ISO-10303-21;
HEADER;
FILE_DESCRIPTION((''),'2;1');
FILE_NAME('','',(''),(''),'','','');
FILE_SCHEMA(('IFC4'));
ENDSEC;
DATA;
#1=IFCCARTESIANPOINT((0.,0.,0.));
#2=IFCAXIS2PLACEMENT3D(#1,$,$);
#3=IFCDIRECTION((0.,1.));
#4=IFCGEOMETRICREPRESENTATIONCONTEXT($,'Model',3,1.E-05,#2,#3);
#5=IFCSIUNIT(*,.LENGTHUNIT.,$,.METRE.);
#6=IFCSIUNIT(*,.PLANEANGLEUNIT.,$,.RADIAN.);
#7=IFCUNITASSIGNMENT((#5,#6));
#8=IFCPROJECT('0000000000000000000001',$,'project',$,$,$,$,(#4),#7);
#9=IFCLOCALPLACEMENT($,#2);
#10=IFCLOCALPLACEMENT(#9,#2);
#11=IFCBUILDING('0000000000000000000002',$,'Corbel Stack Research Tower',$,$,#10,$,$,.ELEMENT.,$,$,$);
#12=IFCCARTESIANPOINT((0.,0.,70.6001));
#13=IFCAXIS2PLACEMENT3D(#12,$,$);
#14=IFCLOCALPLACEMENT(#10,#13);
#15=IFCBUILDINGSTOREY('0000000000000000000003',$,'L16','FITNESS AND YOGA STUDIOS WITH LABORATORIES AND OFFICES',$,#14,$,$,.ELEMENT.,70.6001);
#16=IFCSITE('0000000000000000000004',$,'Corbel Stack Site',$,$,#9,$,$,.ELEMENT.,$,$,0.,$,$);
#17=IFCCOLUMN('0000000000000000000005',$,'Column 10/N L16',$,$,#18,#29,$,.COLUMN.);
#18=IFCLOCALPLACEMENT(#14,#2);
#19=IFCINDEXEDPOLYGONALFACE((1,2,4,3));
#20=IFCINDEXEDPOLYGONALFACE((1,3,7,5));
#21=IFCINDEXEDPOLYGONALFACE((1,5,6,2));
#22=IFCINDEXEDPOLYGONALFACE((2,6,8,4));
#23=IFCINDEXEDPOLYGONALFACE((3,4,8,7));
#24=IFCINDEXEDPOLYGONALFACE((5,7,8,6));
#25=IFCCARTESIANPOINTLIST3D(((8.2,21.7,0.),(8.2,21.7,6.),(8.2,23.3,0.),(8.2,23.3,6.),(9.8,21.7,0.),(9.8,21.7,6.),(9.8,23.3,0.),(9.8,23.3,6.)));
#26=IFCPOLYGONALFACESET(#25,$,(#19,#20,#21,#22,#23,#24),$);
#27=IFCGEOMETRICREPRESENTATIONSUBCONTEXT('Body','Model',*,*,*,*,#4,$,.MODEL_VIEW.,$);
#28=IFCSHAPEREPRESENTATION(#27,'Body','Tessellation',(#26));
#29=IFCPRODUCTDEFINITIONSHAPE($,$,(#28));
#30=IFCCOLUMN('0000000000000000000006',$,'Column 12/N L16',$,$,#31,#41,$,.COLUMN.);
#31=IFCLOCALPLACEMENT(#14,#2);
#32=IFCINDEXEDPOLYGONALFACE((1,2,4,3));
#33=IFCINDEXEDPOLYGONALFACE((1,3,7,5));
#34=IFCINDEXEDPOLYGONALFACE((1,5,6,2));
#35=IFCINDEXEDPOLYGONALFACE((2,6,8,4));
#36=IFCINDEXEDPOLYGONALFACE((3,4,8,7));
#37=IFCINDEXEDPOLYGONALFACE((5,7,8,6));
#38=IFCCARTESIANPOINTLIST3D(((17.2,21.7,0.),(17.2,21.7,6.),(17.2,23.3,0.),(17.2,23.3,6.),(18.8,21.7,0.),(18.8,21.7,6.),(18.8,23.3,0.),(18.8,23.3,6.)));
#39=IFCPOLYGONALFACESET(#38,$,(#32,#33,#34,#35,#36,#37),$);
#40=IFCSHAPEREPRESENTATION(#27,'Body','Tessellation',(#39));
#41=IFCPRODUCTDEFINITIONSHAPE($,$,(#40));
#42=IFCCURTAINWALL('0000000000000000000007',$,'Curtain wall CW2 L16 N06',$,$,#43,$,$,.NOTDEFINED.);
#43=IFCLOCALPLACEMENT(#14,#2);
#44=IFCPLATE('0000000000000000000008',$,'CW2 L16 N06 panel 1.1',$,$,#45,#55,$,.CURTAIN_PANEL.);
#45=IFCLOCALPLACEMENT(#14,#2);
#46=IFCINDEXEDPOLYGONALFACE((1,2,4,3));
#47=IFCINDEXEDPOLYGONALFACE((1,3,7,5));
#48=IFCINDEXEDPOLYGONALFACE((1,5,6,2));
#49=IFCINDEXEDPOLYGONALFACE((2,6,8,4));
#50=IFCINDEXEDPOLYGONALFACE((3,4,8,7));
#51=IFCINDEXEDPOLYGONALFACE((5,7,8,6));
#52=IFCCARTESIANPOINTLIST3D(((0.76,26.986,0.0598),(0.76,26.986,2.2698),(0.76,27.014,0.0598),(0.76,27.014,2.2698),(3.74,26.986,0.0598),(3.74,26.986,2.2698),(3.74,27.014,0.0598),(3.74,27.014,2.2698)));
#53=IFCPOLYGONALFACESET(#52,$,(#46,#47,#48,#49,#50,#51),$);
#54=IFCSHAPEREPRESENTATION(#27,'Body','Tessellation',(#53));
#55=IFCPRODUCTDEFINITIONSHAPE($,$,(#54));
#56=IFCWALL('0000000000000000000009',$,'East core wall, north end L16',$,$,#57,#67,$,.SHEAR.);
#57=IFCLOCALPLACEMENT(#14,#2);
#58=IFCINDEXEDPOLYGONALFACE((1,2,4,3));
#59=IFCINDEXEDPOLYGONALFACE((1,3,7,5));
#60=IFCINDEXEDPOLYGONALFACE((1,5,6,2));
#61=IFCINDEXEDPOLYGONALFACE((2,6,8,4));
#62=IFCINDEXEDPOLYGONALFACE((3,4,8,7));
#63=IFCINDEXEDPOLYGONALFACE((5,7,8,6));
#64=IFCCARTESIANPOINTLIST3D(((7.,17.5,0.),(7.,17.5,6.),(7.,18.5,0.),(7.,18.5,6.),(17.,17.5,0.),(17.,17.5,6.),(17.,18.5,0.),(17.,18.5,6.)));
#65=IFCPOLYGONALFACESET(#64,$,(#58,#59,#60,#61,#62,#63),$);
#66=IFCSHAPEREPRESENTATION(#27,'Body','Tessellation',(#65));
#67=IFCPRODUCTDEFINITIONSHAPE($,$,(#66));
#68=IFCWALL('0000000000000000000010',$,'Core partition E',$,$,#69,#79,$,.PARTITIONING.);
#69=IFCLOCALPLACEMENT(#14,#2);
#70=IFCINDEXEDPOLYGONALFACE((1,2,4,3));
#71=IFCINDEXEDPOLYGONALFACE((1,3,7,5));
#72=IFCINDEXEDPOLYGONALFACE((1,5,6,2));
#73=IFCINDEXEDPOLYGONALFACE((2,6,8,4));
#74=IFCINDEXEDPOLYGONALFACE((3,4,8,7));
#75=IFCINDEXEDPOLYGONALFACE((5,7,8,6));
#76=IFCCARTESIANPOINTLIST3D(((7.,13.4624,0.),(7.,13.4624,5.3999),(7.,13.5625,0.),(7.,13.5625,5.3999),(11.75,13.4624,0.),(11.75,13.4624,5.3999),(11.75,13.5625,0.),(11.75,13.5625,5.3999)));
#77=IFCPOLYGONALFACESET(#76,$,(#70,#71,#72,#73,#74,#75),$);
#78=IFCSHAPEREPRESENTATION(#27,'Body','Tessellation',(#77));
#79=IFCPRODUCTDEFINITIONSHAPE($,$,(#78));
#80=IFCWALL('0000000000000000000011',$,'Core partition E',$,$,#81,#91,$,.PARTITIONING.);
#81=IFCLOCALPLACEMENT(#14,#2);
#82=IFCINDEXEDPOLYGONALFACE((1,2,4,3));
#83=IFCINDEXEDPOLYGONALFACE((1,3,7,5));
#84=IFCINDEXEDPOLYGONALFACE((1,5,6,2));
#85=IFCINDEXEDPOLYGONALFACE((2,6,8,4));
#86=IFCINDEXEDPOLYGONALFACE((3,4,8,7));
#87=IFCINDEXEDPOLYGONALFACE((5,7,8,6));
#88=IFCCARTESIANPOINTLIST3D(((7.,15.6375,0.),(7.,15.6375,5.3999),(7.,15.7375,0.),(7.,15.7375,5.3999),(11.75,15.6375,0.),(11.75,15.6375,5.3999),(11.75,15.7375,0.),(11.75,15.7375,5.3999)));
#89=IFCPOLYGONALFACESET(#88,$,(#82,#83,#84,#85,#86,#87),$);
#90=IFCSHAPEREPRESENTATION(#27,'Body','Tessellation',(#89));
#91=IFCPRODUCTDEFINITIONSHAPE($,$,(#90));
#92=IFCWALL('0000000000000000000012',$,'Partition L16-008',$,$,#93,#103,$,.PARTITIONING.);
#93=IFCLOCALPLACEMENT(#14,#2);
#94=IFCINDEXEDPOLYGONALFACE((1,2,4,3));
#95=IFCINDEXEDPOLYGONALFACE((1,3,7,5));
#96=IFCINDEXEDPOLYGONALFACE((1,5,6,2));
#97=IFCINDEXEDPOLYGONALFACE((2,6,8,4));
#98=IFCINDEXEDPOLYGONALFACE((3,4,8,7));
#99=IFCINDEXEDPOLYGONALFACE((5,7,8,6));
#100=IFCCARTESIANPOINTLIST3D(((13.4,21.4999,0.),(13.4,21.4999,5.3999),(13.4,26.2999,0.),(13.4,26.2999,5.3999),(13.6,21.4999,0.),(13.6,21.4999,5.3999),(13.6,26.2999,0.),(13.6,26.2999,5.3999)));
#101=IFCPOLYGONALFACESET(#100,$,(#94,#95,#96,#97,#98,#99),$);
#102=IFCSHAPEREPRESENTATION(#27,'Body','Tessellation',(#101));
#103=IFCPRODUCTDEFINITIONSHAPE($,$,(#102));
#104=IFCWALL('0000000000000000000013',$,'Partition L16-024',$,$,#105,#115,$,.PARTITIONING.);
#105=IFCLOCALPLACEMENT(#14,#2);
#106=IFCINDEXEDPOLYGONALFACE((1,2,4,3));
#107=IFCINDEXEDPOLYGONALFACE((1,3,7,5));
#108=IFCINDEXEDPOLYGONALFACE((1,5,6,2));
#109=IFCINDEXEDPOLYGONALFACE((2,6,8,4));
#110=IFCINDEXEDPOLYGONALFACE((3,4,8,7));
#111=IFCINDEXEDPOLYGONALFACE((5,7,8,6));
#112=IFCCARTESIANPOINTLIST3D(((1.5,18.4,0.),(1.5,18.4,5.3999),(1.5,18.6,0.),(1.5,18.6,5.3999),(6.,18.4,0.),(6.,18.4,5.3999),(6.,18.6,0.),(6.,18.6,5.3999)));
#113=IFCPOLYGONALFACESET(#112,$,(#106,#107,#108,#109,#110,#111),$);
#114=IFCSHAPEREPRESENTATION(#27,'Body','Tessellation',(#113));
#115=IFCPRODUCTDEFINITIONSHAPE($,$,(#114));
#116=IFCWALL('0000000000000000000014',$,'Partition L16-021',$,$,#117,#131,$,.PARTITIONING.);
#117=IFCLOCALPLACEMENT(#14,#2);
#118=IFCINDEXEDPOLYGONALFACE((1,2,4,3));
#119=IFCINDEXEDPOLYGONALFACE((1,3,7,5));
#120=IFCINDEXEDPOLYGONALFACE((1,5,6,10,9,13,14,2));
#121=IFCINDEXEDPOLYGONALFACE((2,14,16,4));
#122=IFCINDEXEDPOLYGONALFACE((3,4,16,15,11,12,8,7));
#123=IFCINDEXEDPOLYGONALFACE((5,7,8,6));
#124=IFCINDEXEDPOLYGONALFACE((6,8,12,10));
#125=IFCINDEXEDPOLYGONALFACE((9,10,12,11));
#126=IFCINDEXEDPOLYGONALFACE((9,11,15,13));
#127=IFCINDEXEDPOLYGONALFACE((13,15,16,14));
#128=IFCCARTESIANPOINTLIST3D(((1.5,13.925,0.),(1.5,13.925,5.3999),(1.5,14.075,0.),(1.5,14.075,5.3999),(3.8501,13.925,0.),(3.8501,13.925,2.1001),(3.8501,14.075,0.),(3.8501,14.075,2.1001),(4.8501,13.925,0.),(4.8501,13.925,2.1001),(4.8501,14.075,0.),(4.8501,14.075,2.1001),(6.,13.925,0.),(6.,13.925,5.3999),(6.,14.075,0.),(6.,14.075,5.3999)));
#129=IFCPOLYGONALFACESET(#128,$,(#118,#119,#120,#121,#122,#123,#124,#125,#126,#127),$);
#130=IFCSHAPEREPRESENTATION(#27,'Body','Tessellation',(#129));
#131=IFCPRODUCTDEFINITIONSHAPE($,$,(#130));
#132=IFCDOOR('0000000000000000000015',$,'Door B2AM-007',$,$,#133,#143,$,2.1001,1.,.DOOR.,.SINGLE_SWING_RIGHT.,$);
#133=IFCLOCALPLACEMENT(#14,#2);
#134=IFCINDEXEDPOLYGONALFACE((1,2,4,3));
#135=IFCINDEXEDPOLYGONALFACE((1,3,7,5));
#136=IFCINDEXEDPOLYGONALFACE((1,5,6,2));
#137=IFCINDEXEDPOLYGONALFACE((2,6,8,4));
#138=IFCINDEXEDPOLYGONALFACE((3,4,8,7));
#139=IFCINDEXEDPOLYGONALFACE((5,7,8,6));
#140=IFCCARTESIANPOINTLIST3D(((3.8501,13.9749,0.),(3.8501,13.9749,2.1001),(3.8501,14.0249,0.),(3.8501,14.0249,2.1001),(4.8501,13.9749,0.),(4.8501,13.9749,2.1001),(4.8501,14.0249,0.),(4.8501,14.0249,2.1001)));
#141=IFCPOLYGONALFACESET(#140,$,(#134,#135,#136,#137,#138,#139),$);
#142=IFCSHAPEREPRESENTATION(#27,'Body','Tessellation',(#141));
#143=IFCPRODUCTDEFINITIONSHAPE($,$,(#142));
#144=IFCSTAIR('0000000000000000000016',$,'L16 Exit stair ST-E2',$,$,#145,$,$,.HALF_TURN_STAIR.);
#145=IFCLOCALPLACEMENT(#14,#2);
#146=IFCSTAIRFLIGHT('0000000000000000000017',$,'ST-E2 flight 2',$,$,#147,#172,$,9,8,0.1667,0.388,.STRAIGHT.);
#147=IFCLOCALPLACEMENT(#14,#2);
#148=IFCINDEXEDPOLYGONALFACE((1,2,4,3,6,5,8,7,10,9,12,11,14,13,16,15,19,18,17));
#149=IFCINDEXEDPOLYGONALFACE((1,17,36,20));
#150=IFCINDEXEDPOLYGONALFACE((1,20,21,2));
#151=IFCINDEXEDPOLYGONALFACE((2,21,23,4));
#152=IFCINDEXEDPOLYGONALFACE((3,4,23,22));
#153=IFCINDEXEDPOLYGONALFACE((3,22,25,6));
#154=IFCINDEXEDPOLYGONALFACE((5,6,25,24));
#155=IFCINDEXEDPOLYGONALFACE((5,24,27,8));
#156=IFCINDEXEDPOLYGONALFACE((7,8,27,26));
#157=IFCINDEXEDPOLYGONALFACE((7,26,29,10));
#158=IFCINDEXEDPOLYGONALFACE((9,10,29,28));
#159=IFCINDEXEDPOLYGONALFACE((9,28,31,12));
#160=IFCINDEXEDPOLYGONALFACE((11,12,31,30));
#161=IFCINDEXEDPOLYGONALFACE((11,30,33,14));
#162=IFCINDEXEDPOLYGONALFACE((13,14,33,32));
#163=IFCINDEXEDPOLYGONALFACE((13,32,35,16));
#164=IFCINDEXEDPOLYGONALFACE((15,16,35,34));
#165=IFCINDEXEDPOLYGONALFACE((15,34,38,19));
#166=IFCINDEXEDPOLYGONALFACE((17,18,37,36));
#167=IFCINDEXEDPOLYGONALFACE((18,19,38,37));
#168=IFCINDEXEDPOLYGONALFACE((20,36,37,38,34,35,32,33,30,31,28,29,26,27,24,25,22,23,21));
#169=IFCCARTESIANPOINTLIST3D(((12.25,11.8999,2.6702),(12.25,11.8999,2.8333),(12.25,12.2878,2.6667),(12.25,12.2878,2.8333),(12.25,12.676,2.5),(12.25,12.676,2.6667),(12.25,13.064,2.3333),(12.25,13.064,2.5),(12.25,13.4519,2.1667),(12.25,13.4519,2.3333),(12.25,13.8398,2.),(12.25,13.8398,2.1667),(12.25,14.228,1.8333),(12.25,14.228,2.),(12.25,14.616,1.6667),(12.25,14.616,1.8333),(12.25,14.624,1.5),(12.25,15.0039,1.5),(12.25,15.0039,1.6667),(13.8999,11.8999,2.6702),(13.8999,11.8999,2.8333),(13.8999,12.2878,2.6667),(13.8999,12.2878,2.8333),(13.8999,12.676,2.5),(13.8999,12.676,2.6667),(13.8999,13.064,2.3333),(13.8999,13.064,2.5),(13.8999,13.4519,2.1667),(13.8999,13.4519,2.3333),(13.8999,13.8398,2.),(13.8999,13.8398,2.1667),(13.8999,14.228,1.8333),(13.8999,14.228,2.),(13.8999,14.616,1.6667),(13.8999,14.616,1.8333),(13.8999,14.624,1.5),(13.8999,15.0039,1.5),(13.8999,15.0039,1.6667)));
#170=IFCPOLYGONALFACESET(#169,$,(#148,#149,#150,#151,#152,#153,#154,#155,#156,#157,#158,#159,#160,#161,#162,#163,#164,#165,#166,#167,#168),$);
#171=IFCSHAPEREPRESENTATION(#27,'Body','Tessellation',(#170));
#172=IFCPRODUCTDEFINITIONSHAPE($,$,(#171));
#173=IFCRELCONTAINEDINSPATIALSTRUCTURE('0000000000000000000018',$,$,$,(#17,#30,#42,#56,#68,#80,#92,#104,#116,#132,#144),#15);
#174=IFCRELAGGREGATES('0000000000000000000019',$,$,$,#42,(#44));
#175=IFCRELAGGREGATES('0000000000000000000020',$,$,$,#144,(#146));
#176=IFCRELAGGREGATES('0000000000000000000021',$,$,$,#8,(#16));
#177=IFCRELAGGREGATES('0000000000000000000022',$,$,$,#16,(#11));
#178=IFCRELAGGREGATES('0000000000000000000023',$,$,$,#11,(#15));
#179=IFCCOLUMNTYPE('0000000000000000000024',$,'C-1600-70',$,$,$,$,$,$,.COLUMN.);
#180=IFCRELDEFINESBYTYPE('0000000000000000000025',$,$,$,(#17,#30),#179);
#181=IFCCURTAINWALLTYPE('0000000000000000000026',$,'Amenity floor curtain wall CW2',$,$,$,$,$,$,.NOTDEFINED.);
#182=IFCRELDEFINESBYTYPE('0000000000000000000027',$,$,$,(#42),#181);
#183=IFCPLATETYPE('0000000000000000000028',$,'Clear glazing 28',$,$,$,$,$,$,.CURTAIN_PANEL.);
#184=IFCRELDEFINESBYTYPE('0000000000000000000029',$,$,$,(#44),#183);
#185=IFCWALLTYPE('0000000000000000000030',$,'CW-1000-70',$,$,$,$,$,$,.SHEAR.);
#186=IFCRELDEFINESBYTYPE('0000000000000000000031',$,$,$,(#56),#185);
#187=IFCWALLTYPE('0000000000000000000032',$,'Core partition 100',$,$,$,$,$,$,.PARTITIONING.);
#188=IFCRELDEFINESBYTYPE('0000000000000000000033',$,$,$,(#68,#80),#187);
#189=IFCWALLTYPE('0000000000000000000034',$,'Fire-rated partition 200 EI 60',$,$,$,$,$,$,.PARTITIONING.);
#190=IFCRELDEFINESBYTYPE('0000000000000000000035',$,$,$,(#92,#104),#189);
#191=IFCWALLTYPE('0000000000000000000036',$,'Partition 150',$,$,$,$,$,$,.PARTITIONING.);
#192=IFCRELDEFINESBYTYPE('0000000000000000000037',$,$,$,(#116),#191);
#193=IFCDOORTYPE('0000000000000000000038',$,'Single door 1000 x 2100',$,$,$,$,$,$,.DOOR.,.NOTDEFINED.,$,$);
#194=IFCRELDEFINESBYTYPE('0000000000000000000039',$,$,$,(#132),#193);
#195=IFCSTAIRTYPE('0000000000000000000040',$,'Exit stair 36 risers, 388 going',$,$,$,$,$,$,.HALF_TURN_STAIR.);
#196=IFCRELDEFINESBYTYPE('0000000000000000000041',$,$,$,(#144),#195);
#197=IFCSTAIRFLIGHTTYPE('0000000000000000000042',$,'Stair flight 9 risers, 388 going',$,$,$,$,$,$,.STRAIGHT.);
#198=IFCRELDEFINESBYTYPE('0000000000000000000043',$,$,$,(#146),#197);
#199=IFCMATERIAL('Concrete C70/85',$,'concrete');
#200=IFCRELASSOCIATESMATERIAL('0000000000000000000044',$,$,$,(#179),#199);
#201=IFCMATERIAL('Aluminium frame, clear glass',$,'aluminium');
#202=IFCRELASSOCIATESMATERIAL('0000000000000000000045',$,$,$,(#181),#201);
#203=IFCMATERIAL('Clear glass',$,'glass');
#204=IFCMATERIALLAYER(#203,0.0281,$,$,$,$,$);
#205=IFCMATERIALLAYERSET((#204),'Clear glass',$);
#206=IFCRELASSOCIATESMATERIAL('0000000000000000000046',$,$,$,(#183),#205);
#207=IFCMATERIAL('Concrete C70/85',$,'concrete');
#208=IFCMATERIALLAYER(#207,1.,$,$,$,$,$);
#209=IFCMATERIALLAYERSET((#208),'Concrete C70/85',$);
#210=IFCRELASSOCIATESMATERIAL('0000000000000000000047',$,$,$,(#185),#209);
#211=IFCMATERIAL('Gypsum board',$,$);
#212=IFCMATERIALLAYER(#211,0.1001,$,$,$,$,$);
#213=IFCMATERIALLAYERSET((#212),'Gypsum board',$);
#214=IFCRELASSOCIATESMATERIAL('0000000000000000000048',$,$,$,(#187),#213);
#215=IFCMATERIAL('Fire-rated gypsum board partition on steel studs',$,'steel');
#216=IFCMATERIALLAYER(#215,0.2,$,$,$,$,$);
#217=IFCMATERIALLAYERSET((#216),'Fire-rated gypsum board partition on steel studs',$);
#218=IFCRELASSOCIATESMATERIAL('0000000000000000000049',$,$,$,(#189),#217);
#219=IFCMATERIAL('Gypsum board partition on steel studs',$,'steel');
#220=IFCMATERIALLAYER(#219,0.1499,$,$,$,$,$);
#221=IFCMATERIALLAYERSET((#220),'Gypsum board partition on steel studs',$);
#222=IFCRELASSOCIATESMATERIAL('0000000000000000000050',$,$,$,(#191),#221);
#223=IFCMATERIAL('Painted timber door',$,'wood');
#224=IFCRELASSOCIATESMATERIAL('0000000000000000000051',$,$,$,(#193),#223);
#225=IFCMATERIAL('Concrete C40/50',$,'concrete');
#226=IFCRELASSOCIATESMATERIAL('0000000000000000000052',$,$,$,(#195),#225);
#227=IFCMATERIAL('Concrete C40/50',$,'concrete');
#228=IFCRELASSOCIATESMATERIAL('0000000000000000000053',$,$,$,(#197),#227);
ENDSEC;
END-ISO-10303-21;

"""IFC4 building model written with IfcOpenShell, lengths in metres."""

from ifc_helpers import new_model, si_unit, direction, frame, frame_2d, origin, origin_2d, place, context, subcontext, project, spatial, polyline, rectangle, outline, extrude, material, layer, layer_set, material_profile, profile_set, type_object, element, fill, aggregate, save


model = new_model("IFC4")

# Units and contexts
model_context = context("Model", 3, precision=1e-05, world=origin(), true_north=direction((0.0, 1.0)))
body_context = subcontext(model_context, "Body", "Model", "MODEL_VIEW")
ifc_project = project(units=[si_unit("LENGTHUNIT", "METRE"), si_unit("PLANEANGLEUNIT", "RADIAN")], contexts=[model_context])

# Site, building, storey
site_placement = place(None, origin())
site = spatial("IfcSite", under=ifc_project, at=site_placement, Name="Corbel Stack Site", CompositionType="ELEMENT", RefElevation=0.0)
building_placement = place(site_placement, origin())
building = spatial("IfcBuilding", under=site, at=building_placement, Name="Corbel Stack Research Tower", CompositionType="ELEMENT")
storey_placement = place(building_placement, frame((0.0, 0.0, 70.6001)))
storey = spatial("IfcBuildingStorey", under=building, at=storey_placement, Name="L16", Description="FITNESS AND YOGA STUDIOS WITH LABORATORIES AND OFFICES", CompositionType="ELEMENT", Elevation=70.6001)

# Columns
ifc_material_1 = material(Name="Concrete C70/85", Category="concrete")
ifc_material_profile = material_profile(ifc_material_1, rectangle(XDim=1.6001, YDim=1.6001, at=origin_2d()), Name="RC 1600 x 1600")
ifc_profile_set = profile_set([ifc_material_profile], Name="Concrete C70/85")
column_type = type_object("IfcColumnType", Name="C-1600-70", PredefinedType="COLUMN", material=ifc_profile_set)
for number, where, z_axis, x_axis, name in (
    (1, (9.0, 22.5, 0.0), (0.0, 0.0, 1.0), (1.0, 0.0, 0.0), "Column 10/N L16"),
    (2, (18.0, 22.5, 0.0), (0.0, 0.0, 1.0), (1.0, 0.0, 0.0), "Column 12/N L16"),
):
    element("IfcColumn", number, at=place(storey_placement, frame(where, z_axis=z_axis, x_axis=x_axis)), inside=storey, type_object=column_type, Name=name, PredefinedType="COLUMN", context=body_context, shape_type="SweptSolid", body=[
        extrude(rectangle(XDim=1.6001, YDim=1.6001, at=origin_2d()), origin(), (0.0, 0.0, 1.0), 6.0),
    ])

# Curtain wall, plate
ifc_material_2 = material(Name="Aluminium frame, clear glass", Category="aluminium")
curtain_wall_type = type_object("IfcCurtainWallType", Name="Amenity floor curtain wall CW2", PredefinedType="NOTDEFINED", material=ifc_material_2)
curtain_wall_placement = place(storey_placement, origin())
curtain_wall = element("IfcCurtainWall", 3, at=curtain_wall_placement, inside=storey, type_object=curtain_wall_type, Name="Curtain wall CW2 L16 N06", PredefinedType="NOTDEFINED")
ifc_material_3 = material(Name="Clear glass", Category="glass")
ifc_layer_1 = layer(ifc_material_3, 0.0281)
ifc_layer_set_1 = layer_set([ifc_layer_1], Name="Clear glass")
plate_type = type_object("IfcPlateType", Name="Clear glazing 28", PredefinedType="CURTAIN_PANEL", material=ifc_layer_set_1)
plate_placement = place(storey_placement, frame((2.25, 27.0, 0.0598), z_axis=(0.0, 0.0, 1.0), x_axis=(-1.0, 0.0, 0.0)))
plate = element("IfcPlate", 4, at=plate_placement, type_object=plate_type, Name="CW2 L16 N06 panel 1.1", PredefinedType="CURTAIN_PANEL", context=body_context, shape_type="SweptSolid", body=[
    extrude(rectangle(XDim=2.98, YDim=0.0281, at=origin_2d()), origin(), (0.0, 0.0, 1.0), 2.21),
])
aggregate(curtain_wall, [plate])

# Walls
ifc_material_4 = material(Name="Concrete C70/85", Category="concrete")
ifc_layer_2 = layer(ifc_material_4, 1.0)
ifc_layer_set_2 = layer_set([ifc_layer_2], Name="Concrete C70/85")
wall_type_1 = type_object("IfcWallType", Name="CW-1000-70", PredefinedType="SHEAR", material=ifc_layer_set_2)
wall_1_placement = place(storey_placement, frame((7.0, 18.0, 0.0), z_axis=(0.0, 0.0, 1.0), x_axis=(1.0, 0.0, 0.0)))
element("IfcWall", 5, at=wall_1_placement, inside=storey, type_object=wall_type_1, Name="East core wall, north end L16", PredefinedType="SHEAR", context=body_context, shape_type="SweptSolid", body=[
    extrude(rectangle(XDim=10.0, YDim=1.0, at=frame_2d((5.0, 0.0))), origin(), (0.0, 0.0, 1.0), 6.0),
])
ifc_material_5 = material(Name="Gypsum board")
ifc_layer_3 = layer(ifc_material_5, 0.1001)
ifc_layer_set_3 = layer_set([ifc_layer_3], Name="Gypsum board")
wall_type_2 = type_object("IfcWallType", Name="Core partition 100", PredefinedType="PARTITIONING", material=ifc_layer_set_3)
for number, where, z_axis, x_axis, name in (
    (6, (7.0, 13.5125, 0.0), (0.0, 0.0, 1.0), (1.0, 0.0, 0.0), "Core partition E"),
    (7, (7.0, 15.6875, 0.0), (0.0, 0.0, 1.0), (1.0, 0.0, 0.0), "Core partition E"),
):
    element("IfcWall", number, at=place(storey_placement, frame(where, z_axis=z_axis, x_axis=x_axis)), inside=storey, type_object=wall_type_2, Name=name, PredefinedType="PARTITIONING", context=body_context, shape_type="SweptSolid", body=[
        extrude(rectangle(XDim=4.75, YDim=0.1001, at=frame_2d((2.375, 0.0))), origin(), (0.0, 0.0, 1.0), 5.3999),
    ])
ifc_material_6 = material(Name="Fire-rated gypsum board partition on steel studs", Category="steel")
ifc_layer_4 = layer(ifc_material_6, 0.2)
ifc_layer_set_4 = layer_set([ifc_layer_4], Name="Fire-rated gypsum board partition on steel studs")
wall_type_3 = type_object("IfcWallType", Name="Fire-rated partition 200 EI 60", PredefinedType="PARTITIONING", material=ifc_layer_set_4)
wall_2_placement = place(storey_placement, frame((13.5, 21.5, 0.0), z_axis=(0.0, 0.0, 1.0), x_axis=(0.0, 1.0, 0.0)))
element("IfcWall", 8, at=wall_2_placement, inside=storey, type_object=wall_type_3, Name="Partition L16-008", PredefinedType="PARTITIONING", context=body_context, shape_type="SweptSolid", body=[
    extrude(rectangle(XDim=4.8, YDim=0.2, at=frame_2d((2.3999, 0.0))), origin(), (0.0, 0.0, 1.0), 5.3999),
])
wall_3_placement = place(storey_placement, frame((1.5, 18.5, 0.0), z_axis=(0.0, 0.0, 1.0), x_axis=(1.0, 0.0, 0.0)))
element("IfcWall", 9, at=wall_3_placement, inside=storey, type_object=wall_type_3, Name="Partition L16-024", PredefinedType="PARTITIONING", context=body_context, shape_type="SweptSolid", body=[
    extrude(rectangle(XDim=4.5, YDim=0.2, at=frame_2d((2.25, 0.0))), origin(), (0.0, 0.0, 1.0), 5.3999),
])

# Wall, opening, door
ifc_material_7 = material(Name="Gypsum board partition on steel studs", Category="steel")
ifc_layer_5 = layer(ifc_material_7, 0.1499)
ifc_layer_set_5 = layer_set([ifc_layer_5], Name="Gypsum board partition on steel studs")
wall_type_4 = type_object("IfcWallType", Name="Partition 150", PredefinedType="PARTITIONING", material=ifc_layer_set_5)
wall_4_placement = place(storey_placement, frame((1.5, 14.0, 0.0), z_axis=(0.0, 0.0, 1.0), x_axis=(1.0, 0.0, 0.0)))
wall_4 = element("IfcWall", 10, at=wall_4_placement, inside=storey, type_object=wall_type_4, Name="Partition L16-021", PredefinedType="PARTITIONING", context=body_context, shape_type="SweptSolid", body=[
    extrude(rectangle(XDim=4.5, YDim=0.1499, at=frame_2d((2.25, 0.0))), origin(), (0.0, 0.0, 1.0), 5.3999),
])
opening_placement = place(wall_4_placement, frame((2.3501, 0.0, 0.0)))
opening = element("IfcOpeningElement", 11, at=opening_placement, cuts=wall_4, PredefinedType="OPENING", context=body_context, shape_type="SweptSolid", body=[
    extrude(rectangle(XDim=1.0, YDim=2.1001, at=frame_2d((0.5, 1.05))), frame((0.0, 0.085, 0.0), z_axis=(0.0, -1.0, 0.0), x_axis=(1.0, 0.0, 0.0)), (0.0, 0.0, 1.0), 0.1699),
])
ifc_material_8 = material(Name="Painted timber door", Category="wood")
door_type = type_object("IfcDoorType", Name="Single door 1000 x 2100", OperationType="NOTDEFINED", PredefinedType="DOOR", material=ifc_material_8)
door_placement = place(opening_placement, origin())
door = element("IfcDoor", 12, at=door_placement, inside=storey, type_object=door_type, Name="Door B2AM-007", OperationType="SINGLE_SWING_RIGHT", OverallHeight=2.1001, OverallWidth=1.0, PredefinedType="DOOR", context=body_context, shape_type="SweptSolid", body=[
    extrude(rectangle(XDim=1.0, YDim=2.1001, at=frame_2d((0.5, 1.05))), frame((0.0, 0.0249, 0.0), z_axis=(0.0, -1.0, 0.0), x_axis=(1.0, 0.0, 0.0)), (0.0, 0.0, 1.0), 0.05),
])
fill(opening, door)

# Stair, stair flight
ifc_material_9 = material(Name="Concrete C40/50", Category="concrete")
stair_type = type_object("IfcStairType", Name="Exit stair 36 risers, 388 going", PredefinedType="HALF_TURN_STAIR", material=ifc_material_9)
stair_placement = place(storey_placement, origin())
stair = element("IfcStair", 13, at=stair_placement, inside=storey, type_object=stair_type, Name="L16 Exit stair ST-E2", PredefinedType="HALF_TURN_STAIR")
ifc_material_10 = material(Name="Concrete C40/50", Category="concrete")
stair_flight_type = type_object("IfcStairFlightType", Name="Stair flight 9 risers, 388 going", PredefinedType="STRAIGHT", material=ifc_material_10)
stair_flight_1_placement = place(storey_placement, frame((13.075, 15.0039, 1.5), z_axis=(0.0, 0.0, 1.0), x_axis=(0.0, -1.0, 0.0)))
stair_flight_1 = element("IfcStairFlight", 14, at=stair_flight_1_placement, type_object=stair_flight_type, Name="ST-E2 flight 2", NumberOfRisers=9, NumberOfTreads=8, PredefinedType="STRAIGHT", RiserHeight=0.1667, TreadLength=0.388, context=body_context, shape_type="SweptSolid", body=[
    extrude(outline(polyline([(0.0, 0.0), (0.0, 0.1667), (0.3879, 0.1667), (0.3879, 0.3333), (0.7759, 0.3333), (0.7759, 0.5), (1.1641, 0.5), (1.1641, 0.6667), (1.552, 0.6667), (1.552, 0.8333), (1.9399, 0.8333), (1.9399, 1.0), (2.3279, 1.0), (2.3279, 1.1667), (2.7161, 1.1667), (2.7161, 1.3333), (3.104, 1.3333), (3.104, 1.5), (3.104, 1.1702), (0.3799, 0.0), (0.0, 0.0)])), frame((0.0, 0.825, 0.0), z_axis=(0.0, -1.0, 0.0), x_axis=(1.0, 0.0, 0.0)), (0.0, 0.0, 1.0), 1.6499),
])
aggregate(stair, [stair_flight_1])

save(model, "model.ifc")
